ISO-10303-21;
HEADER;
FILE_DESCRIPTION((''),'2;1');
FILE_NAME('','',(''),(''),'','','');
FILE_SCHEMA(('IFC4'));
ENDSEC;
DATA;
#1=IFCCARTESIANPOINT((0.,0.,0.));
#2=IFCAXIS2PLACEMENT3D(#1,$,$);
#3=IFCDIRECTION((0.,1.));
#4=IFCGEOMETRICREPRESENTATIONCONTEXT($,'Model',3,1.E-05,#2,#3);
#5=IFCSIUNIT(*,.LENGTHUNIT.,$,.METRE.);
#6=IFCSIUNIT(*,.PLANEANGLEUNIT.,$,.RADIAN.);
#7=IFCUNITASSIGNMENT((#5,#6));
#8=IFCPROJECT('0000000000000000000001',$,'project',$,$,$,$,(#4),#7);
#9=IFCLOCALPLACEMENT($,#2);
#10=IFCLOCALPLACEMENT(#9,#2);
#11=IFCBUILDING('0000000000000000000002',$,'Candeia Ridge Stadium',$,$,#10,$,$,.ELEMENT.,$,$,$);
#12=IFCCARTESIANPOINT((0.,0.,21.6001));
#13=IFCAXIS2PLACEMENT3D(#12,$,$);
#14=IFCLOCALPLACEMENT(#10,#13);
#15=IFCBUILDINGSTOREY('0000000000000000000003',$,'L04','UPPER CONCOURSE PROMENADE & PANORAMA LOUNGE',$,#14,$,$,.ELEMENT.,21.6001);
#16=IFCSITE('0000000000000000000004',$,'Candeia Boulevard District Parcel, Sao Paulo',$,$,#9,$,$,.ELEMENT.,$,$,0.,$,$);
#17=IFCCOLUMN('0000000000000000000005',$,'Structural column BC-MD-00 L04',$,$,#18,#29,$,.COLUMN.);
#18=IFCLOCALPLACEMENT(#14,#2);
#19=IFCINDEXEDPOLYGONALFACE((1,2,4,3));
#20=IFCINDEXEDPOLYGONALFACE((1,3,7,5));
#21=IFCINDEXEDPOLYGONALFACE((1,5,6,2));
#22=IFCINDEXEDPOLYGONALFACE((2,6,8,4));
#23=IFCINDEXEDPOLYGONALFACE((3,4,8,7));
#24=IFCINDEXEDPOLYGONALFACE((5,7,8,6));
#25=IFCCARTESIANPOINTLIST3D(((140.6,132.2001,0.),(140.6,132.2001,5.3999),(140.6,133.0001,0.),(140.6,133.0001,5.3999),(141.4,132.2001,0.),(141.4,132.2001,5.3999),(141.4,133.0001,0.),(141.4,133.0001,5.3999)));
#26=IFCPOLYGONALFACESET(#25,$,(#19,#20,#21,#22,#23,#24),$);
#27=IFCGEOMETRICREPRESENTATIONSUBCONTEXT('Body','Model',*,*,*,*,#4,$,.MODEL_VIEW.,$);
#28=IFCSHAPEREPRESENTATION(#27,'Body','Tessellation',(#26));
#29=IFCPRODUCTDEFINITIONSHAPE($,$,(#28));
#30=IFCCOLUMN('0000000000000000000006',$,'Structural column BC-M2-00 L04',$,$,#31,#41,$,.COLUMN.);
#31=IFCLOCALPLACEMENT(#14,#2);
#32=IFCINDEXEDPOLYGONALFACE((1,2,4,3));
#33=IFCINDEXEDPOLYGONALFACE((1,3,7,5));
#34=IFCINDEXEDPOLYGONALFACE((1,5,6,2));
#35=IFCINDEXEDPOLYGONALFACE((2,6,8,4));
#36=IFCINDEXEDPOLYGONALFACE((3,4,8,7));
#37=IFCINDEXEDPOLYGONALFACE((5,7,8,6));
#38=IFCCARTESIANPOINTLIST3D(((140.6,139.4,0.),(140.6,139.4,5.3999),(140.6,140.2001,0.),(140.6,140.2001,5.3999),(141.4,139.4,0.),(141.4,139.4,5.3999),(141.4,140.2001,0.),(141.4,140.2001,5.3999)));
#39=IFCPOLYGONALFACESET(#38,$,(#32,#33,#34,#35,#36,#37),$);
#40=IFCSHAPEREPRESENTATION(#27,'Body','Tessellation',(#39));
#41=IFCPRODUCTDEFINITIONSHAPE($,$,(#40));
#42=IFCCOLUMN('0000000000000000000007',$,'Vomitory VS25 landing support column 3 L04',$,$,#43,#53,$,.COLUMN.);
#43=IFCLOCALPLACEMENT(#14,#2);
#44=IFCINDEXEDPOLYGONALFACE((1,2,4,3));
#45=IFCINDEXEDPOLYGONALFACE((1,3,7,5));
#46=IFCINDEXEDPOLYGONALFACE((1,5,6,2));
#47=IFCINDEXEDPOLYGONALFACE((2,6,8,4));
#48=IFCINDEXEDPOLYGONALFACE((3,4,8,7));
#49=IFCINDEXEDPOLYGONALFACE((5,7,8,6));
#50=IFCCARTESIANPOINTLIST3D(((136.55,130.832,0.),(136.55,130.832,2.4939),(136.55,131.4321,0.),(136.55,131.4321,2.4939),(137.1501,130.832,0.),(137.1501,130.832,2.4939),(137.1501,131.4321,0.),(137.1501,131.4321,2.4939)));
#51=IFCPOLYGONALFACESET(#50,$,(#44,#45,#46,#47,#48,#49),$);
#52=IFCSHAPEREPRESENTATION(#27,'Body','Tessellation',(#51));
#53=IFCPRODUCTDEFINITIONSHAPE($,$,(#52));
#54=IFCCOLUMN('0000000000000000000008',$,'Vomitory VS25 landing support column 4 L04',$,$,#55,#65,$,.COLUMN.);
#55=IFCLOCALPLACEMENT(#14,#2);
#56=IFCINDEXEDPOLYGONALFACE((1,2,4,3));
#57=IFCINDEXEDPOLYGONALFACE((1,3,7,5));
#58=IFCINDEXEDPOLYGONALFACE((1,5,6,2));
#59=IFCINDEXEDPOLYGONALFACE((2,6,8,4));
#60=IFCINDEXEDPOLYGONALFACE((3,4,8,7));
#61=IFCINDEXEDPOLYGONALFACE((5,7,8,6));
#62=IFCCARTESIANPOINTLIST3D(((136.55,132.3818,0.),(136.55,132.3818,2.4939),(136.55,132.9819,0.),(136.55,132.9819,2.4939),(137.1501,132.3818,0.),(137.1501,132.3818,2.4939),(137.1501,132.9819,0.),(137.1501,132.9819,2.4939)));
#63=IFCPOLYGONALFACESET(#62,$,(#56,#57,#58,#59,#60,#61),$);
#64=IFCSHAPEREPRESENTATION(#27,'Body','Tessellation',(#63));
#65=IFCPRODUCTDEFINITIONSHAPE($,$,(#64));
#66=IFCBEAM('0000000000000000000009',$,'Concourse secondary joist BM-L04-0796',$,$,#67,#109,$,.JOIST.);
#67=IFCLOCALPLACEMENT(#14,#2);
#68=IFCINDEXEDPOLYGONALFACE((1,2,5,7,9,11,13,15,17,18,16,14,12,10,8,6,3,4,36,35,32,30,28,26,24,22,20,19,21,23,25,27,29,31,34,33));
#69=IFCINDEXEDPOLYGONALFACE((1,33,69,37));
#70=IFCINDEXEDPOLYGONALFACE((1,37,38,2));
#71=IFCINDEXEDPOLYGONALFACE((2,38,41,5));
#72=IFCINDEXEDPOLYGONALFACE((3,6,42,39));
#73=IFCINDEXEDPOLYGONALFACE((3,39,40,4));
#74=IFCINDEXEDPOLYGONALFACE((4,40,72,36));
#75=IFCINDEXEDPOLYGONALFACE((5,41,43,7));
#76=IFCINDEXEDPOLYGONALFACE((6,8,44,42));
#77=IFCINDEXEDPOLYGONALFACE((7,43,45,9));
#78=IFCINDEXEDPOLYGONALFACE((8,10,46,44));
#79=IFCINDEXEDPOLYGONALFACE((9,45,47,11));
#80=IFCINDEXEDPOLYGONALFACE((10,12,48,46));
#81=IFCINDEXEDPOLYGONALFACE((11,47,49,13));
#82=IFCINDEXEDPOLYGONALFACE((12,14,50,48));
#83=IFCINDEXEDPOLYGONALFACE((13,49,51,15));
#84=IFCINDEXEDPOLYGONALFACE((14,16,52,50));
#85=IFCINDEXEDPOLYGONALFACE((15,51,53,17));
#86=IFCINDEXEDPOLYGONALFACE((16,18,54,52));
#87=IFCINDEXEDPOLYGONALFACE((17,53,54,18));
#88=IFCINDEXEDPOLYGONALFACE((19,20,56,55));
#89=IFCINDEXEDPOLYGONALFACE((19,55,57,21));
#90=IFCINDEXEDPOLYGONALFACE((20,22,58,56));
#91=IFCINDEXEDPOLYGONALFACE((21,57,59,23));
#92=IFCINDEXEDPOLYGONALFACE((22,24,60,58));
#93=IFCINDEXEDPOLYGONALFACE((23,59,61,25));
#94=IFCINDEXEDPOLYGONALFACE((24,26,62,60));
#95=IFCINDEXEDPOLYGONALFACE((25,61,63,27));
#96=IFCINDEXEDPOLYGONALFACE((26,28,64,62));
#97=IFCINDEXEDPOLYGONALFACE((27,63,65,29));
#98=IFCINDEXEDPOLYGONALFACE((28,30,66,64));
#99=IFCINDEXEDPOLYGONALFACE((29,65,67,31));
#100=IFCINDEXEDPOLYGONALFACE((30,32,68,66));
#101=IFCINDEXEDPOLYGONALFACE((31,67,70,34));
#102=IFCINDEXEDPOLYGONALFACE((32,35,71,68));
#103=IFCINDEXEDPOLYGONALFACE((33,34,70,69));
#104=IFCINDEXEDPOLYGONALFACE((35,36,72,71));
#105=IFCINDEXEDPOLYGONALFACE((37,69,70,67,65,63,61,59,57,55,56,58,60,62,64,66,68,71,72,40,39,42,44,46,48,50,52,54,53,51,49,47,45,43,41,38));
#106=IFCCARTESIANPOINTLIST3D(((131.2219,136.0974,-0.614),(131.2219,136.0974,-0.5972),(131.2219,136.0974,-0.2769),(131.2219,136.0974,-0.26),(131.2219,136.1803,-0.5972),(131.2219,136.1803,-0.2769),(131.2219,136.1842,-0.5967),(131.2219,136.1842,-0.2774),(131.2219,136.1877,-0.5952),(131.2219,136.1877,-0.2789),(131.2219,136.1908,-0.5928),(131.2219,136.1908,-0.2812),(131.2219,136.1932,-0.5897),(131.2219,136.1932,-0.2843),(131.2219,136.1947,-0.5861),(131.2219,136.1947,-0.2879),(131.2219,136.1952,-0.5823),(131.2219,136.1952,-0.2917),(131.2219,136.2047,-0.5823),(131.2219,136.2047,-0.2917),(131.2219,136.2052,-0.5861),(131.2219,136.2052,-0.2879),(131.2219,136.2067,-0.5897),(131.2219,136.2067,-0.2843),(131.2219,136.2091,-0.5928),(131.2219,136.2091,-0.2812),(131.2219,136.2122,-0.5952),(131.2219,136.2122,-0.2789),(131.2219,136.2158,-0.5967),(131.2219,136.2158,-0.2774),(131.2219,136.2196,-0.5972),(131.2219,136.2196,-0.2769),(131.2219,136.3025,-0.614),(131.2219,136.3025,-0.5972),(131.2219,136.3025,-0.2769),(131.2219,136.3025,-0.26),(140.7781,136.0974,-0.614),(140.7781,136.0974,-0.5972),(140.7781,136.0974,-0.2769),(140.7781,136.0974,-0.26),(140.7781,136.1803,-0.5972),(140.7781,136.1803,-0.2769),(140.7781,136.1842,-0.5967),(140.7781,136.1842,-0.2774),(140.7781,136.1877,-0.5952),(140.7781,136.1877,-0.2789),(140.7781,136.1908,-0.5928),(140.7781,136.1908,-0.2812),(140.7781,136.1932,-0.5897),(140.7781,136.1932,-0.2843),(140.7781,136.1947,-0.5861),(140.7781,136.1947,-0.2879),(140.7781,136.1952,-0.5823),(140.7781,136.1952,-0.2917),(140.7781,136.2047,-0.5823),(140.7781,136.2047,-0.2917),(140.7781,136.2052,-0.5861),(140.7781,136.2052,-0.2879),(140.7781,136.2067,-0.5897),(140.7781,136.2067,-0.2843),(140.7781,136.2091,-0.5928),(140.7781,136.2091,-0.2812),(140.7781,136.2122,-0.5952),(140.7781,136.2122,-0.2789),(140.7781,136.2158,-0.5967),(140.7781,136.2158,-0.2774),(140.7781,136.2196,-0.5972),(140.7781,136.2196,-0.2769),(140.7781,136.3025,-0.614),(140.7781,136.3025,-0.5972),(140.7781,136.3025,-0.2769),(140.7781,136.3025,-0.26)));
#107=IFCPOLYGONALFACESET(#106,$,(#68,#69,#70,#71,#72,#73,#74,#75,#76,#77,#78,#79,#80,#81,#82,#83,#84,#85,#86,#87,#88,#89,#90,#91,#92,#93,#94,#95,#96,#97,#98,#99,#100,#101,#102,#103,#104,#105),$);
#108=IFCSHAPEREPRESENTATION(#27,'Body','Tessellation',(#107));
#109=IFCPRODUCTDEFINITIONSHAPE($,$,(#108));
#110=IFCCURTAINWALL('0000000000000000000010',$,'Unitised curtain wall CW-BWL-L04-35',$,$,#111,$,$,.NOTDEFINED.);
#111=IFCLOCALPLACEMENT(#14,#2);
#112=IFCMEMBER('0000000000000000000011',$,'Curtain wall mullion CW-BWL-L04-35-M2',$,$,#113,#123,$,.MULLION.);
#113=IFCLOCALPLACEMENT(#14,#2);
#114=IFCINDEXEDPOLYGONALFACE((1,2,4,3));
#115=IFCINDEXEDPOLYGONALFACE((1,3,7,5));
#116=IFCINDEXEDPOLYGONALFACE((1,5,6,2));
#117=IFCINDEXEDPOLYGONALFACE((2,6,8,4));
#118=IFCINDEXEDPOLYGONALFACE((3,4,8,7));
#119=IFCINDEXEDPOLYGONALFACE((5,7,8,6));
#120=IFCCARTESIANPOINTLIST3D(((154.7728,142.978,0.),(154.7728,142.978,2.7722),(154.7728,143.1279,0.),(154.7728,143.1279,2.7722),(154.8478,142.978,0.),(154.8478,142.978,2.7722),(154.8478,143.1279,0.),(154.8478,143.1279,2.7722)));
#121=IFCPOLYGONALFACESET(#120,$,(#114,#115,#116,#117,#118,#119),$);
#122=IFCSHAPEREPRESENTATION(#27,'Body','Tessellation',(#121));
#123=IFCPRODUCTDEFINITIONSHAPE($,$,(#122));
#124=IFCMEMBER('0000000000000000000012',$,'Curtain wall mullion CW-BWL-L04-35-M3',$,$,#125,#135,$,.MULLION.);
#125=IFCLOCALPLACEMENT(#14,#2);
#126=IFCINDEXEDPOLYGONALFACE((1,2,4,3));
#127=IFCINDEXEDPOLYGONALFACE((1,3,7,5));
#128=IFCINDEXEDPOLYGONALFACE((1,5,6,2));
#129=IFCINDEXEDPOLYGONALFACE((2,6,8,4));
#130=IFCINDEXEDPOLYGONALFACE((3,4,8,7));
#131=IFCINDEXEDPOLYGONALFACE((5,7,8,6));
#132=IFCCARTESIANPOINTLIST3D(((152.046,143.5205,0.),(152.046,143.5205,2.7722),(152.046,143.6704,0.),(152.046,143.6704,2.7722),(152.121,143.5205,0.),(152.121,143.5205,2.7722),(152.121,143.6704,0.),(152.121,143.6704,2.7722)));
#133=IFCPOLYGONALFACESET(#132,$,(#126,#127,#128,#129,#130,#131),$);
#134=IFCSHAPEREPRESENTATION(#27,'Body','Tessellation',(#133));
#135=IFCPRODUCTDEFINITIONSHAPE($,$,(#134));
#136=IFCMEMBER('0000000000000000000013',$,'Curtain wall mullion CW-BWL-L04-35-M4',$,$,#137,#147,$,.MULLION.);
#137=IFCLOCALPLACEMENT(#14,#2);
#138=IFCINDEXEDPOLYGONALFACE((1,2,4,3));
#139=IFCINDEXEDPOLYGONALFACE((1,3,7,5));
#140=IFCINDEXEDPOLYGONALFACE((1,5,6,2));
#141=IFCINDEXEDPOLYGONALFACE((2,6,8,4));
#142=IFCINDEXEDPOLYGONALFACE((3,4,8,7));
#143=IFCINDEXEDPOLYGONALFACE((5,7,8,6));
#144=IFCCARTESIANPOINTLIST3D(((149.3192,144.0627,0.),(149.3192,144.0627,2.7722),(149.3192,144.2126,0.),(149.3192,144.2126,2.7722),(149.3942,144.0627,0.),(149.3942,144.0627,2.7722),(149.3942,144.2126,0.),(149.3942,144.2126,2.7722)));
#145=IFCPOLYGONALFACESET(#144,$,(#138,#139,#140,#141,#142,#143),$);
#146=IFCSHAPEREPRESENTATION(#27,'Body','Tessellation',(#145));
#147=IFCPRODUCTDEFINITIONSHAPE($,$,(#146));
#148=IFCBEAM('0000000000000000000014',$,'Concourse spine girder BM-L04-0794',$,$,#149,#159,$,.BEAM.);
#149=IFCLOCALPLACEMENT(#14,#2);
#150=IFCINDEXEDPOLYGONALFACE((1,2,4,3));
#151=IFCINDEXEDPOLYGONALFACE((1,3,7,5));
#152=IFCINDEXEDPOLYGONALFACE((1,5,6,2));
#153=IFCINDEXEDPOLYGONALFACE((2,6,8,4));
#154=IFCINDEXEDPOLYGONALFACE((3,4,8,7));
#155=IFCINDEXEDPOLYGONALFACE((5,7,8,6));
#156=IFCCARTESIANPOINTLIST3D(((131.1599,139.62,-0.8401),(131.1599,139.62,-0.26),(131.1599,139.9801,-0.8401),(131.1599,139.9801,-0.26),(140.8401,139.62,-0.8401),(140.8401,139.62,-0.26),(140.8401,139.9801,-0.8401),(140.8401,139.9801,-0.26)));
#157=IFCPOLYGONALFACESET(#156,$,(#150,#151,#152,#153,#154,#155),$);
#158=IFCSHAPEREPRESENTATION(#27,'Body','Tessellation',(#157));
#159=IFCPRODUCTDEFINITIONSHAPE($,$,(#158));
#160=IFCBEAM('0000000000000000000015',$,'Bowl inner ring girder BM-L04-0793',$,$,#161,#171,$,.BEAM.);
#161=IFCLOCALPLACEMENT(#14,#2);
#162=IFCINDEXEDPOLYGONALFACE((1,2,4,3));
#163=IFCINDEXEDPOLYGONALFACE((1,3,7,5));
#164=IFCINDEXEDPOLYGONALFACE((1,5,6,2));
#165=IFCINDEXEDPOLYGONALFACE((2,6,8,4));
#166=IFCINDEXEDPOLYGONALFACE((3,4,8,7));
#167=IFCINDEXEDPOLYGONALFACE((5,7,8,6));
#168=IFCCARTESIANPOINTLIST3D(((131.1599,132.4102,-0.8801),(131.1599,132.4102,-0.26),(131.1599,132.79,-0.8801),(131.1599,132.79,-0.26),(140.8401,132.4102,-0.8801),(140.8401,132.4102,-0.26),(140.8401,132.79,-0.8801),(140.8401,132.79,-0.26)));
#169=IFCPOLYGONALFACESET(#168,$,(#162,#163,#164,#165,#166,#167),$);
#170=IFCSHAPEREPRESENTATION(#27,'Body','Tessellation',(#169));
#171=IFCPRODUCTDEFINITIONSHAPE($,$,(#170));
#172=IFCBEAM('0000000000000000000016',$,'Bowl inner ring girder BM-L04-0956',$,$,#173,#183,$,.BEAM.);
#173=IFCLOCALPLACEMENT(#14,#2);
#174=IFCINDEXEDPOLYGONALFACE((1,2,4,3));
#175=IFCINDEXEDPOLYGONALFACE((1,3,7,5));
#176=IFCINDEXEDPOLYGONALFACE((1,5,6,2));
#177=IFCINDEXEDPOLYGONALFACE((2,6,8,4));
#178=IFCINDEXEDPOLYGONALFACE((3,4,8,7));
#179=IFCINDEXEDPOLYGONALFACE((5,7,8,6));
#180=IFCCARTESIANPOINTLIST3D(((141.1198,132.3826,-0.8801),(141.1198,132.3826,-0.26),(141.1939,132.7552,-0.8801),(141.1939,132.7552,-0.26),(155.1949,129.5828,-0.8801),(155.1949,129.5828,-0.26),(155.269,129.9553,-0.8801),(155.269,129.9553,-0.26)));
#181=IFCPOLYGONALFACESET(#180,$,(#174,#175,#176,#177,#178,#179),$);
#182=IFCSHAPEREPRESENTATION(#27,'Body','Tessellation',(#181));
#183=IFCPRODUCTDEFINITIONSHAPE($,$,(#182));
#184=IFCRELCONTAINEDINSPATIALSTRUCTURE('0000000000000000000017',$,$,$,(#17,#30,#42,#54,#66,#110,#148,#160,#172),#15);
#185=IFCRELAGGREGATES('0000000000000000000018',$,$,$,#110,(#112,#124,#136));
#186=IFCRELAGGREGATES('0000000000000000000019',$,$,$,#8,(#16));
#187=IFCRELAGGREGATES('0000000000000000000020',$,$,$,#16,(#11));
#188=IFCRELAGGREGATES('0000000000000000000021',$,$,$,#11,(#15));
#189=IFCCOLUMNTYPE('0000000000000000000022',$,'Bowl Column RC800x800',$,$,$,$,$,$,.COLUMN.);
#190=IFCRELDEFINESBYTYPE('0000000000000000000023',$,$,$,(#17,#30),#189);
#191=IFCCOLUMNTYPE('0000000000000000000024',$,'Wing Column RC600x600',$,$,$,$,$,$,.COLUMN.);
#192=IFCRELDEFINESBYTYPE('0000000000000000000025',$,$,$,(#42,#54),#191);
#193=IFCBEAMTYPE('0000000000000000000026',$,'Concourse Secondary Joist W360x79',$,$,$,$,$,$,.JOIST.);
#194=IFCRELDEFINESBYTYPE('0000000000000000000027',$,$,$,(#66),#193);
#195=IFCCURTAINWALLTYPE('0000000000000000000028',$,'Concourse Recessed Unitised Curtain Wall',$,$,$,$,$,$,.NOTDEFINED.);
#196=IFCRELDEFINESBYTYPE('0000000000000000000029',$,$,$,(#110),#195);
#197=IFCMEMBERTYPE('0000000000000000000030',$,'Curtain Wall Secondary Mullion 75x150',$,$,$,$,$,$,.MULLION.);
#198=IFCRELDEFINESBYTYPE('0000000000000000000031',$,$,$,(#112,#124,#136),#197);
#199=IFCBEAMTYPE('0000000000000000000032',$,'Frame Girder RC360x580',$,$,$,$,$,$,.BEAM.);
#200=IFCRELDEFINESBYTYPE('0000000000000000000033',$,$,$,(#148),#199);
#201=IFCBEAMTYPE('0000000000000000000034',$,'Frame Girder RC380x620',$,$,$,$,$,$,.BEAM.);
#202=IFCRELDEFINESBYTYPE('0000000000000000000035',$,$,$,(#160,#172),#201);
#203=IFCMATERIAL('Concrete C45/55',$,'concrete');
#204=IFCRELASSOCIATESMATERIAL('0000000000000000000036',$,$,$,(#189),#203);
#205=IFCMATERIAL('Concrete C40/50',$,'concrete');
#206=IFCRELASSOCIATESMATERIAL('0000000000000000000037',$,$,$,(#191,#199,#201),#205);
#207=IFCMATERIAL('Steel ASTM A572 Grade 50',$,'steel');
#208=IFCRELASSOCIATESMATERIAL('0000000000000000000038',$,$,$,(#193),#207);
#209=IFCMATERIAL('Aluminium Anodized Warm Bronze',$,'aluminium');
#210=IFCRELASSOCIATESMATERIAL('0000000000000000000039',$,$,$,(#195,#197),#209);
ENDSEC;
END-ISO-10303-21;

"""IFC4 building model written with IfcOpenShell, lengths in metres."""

from ifc_helpers import new_model, si_unit, direction, frame, origin, origin_2d, place, context, subcontext, project, spatial, rectangle, i_section, extrude, material, material_profile, profile_set, type_object, element, aggregate, save


model = new_model("IFC4")

# Units and contexts
model_context = context("Model", 3, precision=1e-05, world=origin(), true_north=direction((0.0, 1.0)))
body_context = subcontext(model_context, "Body", "Model", "MODEL_VIEW")
ifc_project = project(units=[si_unit("LENGTHUNIT", "METRE"), si_unit("PLANEANGLEUNIT", "RADIAN")], contexts=[model_context])

# Site, building, storey
site_placement = place(None, origin())
site = spatial("IfcSite", under=ifc_project, at=site_placement, Name="Candeia Boulevard District Parcel, Sao Paulo", CompositionType="ELEMENT", RefElevation=0.0)
building_placement = place(site_placement, origin())
building = spatial("IfcBuilding", under=site, at=building_placement, Name="Candeia Ridge Stadium", CompositionType="ELEMENT")
storey_placement = place(building_placement, frame((0.0, 0.0, 21.6001)))
storey = spatial("IfcBuildingStorey", under=building, at=storey_placement, Name="L04", Description="UPPER CONCOURSE PROMENADE & PANORAMA LOUNGE", CompositionType="ELEMENT", Elevation=21.6001)

# Columns
ifc_material_1 = material(Name="Concrete C45/55", Category="concrete")
ifc_material_profile_1 = material_profile(ifc_material_1, rectangle(XDim=0.8, YDim=0.8, at=origin_2d()), Name="RC800x800", Category="concrete")
ifc_profile_set_1 = profile_set([ifc_material_profile_1], Name="Concrete C45/55")
column_type_1 = type_object("IfcColumnType", Name="Bowl Column RC800x800", PredefinedType="COLUMN", material=ifc_profile_set_1)
for number, where, z_axis, x_axis, name in (
    (1, (141.0, 132.6001, 0.0), (0.0, 0.0, 1.0), (1.0, 0.0, 0.0), "Structural column BC-MD-00 L04"),
    (2, (141.0, 139.8, 0.0), (0.0, 0.0, 1.0), (1.0, 0.0, 0.0), "Structural column BC-M2-00 L04"),
):
    element("IfcColumn", number, at=place(storey_placement, frame(where, z_axis=z_axis, x_axis=x_axis)), inside=storey, type_object=column_type_1, Name=name, PredefinedType="COLUMN", context=body_context, shape_type="SweptSolid", body=[
        extrude(rectangle(XDim=0.8, YDim=0.8, at=origin_2d()), origin(), (0.0, 0.0, 1.0), 5.3999),
    ])
ifc_material_2 = material(Name="Concrete C40/50", Category="concrete")
ifc_material_profile_2 = material_profile(ifc_material_2, rectangle(XDim=0.6001, YDim=0.6001, at=origin_2d()), Name="RC600x600", Category="concrete")
ifc_profile_set_2 = profile_set([ifc_material_profile_2], Name="Concrete C40/50")
column_type_2 = type_object("IfcColumnType", Name="Wing Column RC600x600", PredefinedType="COLUMN", material=ifc_profile_set_2)
for number, where, z_axis, x_axis, name in (
    (3, (136.8501, 131.1321, 0.0), (0.0, 0.0, 1.0), (1.0, 0.0, 0.0), "Vomitory VS25 landing support column 3 L04"),
    (4, (136.8501, 132.6819, 0.0), (0.0, 0.0, 1.0), (1.0, 0.0, 0.0), "Vomitory VS25 landing support column 4 L04"),
):
    element("IfcColumn", number, at=place(storey_placement, frame(where, z_axis=z_axis, x_axis=x_axis)), inside=storey, type_object=column_type_2, Name=name, PredefinedType="COLUMN", context=body_context, shape_type="SweptSolid", body=[
        extrude(rectangle(XDim=0.6001, YDim=0.6001, at=origin_2d()), origin(), (0.0, 0.0, 1.0), 2.4939),
    ])

# Beam
ifc_material_3 = material(Name="Steel ASTM A572 Grade 50", Category="steel")
ifc_material_profile_3 = material_profile(ifc_material_3, i_section(OverallWidth=0.2051, OverallDepth=0.354, WebThickness=0.0095, FlangeThickness=0.0168, FilletRadius=0.0149, at=origin_2d()), Name="W360x79", Category="steel")
ifc_profile_set_3 = profile_set([ifc_material_profile_3], Name="Steel ASTM A572 Grade 50")
beam_type_1 = type_object("IfcBeamType", Name="Concourse Secondary Joist W360x79", PredefinedType="JOIST", material=ifc_profile_set_3)
beam_1_placement = place(storey_placement, frame((140.7781, 136.2, -0.437), z_axis=(-1.0, 0.0, 0.0), x_axis=(0.0, -1.0, 0.0)))
element("IfcBeam", 5, at=beam_1_placement, inside=storey, type_object=beam_type_1, Name="Concourse secondary joist BM-L04-0796", PredefinedType="JOIST", context=body_context, shape_type="SweptSolid", body=[
    extrude(i_section(OverallWidth=0.2051, OverallDepth=0.354, WebThickness=0.0095, FlangeThickness=0.0168, FilletRadius=0.0149, at=origin_2d()), origin(), (0.0, 0.0, 1.0), 9.5562),
])

# Curtain wall, members
ifc_material_4 = material(Name="Aluminium Anodized Warm Bronze", Category="aluminium")
curtain_wall_type = type_object("IfcCurtainWallType", Name="Concourse Recessed Unitised Curtain Wall", PredefinedType="NOTDEFINED", material=ifc_material_4)
curtain_wall_placement = place(storey_placement, origin())
curtain_wall = element("IfcCurtainWall", 6, at=curtain_wall_placement, inside=storey, type_object=curtain_wall_type, Name="Unitised curtain wall CW-BWL-L04-35", PredefinedType="NOTDEFINED")
ifc_material_profile_4 = material_profile(ifc_material_4, rectangle(XDim=0.075, YDim=0.1499, at=origin_2d()), Name="CWM-75x150", Category="aluminium")
ifc_profile_set_4 = profile_set([ifc_material_profile_4], Name="Aluminium Anodized Warm Bronze")
member_type = type_object("IfcMemberType", Name="Curtain Wall Secondary Mullion 75x150", PredefinedType="MULLION", material=ifc_profile_set_4)
member_1_placement = place(storey_placement, frame((154.8103, 143.053, 0.0), z_axis=(0.0, 0.0, 1.0), x_axis=(1.0, 0.0, 0.0)))
member_1 = element("IfcMember", 7, at=member_1_placement, type_object=member_type, Name="Curtain wall mullion CW-BWL-L04-35-M2", PredefinedType="MULLION", context=body_context, shape_type="SweptSolid", body=[
    extrude(rectangle(XDim=0.075, YDim=0.1499, at=origin_2d()), origin(), (0.0, 0.0, 1.0), 2.7722),
])
member_2_placement = place(storey_placement, frame((152.0835, 143.5955, 0.0), z_axis=(0.0, 0.0, 1.0), x_axis=(1.0, 0.0, 0.0)))
member_2 = element("IfcMember", 8, at=member_2_placement, type_object=member_type, Name="Curtain wall mullion CW-BWL-L04-35-M3", PredefinedType="MULLION", context=body_context, shape_type="SweptSolid", body=[
    extrude(rectangle(XDim=0.075, YDim=0.1499, at=origin_2d()), origin(), (0.0, 0.0, 1.0), 2.7722),
])
member_3_placement = place(storey_placement, frame((149.3567, 144.1377, 0.0), z_axis=(0.0, 0.0, 1.0), x_axis=(1.0, 0.0, 0.0)))
member_3 = element("IfcMember", 9, at=member_3_placement, type_object=member_type, Name="Curtain wall mullion CW-BWL-L04-35-M4", PredefinedType="MULLION", context=body_context, shape_type="SweptSolid", body=[
    extrude(rectangle(XDim=0.075, YDim=0.1499, at=origin_2d()), origin(), (0.0, 0.0, 1.0), 2.7722),
])

# Beams
ifc_material_profile_5 = material_profile(ifc_material_2, rectangle(XDim=0.3601, YDim=0.5801, at=origin_2d()), Name="RC360x580", Category="concrete")
ifc_profile_set_5 = profile_set([ifc_material_profile_5], Name="Concrete C40/50")
beam_type_2 = type_object("IfcBeamType", Name="Frame Girder RC360x580", PredefinedType="BEAM", material=ifc_profile_set_5)
beam_2_placement = place(storey_placement, frame((140.8401, 139.8, -0.55), z_axis=(-1.0, 0.0, 0.0), x_axis=(0.0, -1.0, 0.0)))
element("IfcBeam", 10, at=beam_2_placement, inside=storey, type_object=beam_type_2, Name="Concourse spine girder BM-L04-0794", PredefinedType="BEAM", context=body_context, shape_type="SweptSolid", body=[
    extrude(rectangle(XDim=0.3601, YDim=0.5801, at=origin_2d()), origin(), (0.0, 0.0, 1.0), 9.6802),
])
ifc_material_profile_6 = material_profile(ifc_material_2, rectangle(XDim=0.3799, YDim=0.6201, at=origin_2d()), Name="RC380x620", Category="concrete")
ifc_profile_set_6 = profile_set([ifc_material_profile_6], Name="Concrete C40/50")
beam_type_3 = type_object("IfcBeamType", Name="Frame Girder RC380x620", PredefinedType="BEAM", material=ifc_profile_set_6)
beam_3_placement = place(storey_placement, frame((140.8401, 132.6001, -0.5701), z_axis=(-1.0, 0.0, 0.0), x_axis=(0.0, -1.0, 0.0)))
element("IfcBeam", 11, at=beam_3_placement, inside=storey, type_object=beam_type_3, Name="Bowl inner ring girder BM-L04-0793", PredefinedType="BEAM", context=body_context, shape_type="SweptSolid", body=[
    extrude(rectangle(XDim=0.3799, YDim=0.6201, at=origin_2d()), origin(), (0.0, 0.0, 1.0), 9.6802),
])
beam_4_placement = place(storey_placement, frame((155.2319, 129.769, -0.5701), z_axis=(-0.980784, 0.195099, 0.0), x_axis=(-0.195099, -0.980784, 0.0)))
element("IfcBeam", 12, at=beam_4_placement, inside=storey, type_object=beam_type_3, Name="Bowl inner ring girder BM-L04-0956", PredefinedType="BEAM", context=body_context, shape_type="SweptSolid", body=[
    extrude(rectangle(XDim=0.3799, YDim=0.6201, at=origin_2d()), origin(), (0.0, 0.0, 1.0), 14.3508),
])

aggregate(curtain_wall, [member_1, member_2, member_3])

save(model, "model.ifc")
